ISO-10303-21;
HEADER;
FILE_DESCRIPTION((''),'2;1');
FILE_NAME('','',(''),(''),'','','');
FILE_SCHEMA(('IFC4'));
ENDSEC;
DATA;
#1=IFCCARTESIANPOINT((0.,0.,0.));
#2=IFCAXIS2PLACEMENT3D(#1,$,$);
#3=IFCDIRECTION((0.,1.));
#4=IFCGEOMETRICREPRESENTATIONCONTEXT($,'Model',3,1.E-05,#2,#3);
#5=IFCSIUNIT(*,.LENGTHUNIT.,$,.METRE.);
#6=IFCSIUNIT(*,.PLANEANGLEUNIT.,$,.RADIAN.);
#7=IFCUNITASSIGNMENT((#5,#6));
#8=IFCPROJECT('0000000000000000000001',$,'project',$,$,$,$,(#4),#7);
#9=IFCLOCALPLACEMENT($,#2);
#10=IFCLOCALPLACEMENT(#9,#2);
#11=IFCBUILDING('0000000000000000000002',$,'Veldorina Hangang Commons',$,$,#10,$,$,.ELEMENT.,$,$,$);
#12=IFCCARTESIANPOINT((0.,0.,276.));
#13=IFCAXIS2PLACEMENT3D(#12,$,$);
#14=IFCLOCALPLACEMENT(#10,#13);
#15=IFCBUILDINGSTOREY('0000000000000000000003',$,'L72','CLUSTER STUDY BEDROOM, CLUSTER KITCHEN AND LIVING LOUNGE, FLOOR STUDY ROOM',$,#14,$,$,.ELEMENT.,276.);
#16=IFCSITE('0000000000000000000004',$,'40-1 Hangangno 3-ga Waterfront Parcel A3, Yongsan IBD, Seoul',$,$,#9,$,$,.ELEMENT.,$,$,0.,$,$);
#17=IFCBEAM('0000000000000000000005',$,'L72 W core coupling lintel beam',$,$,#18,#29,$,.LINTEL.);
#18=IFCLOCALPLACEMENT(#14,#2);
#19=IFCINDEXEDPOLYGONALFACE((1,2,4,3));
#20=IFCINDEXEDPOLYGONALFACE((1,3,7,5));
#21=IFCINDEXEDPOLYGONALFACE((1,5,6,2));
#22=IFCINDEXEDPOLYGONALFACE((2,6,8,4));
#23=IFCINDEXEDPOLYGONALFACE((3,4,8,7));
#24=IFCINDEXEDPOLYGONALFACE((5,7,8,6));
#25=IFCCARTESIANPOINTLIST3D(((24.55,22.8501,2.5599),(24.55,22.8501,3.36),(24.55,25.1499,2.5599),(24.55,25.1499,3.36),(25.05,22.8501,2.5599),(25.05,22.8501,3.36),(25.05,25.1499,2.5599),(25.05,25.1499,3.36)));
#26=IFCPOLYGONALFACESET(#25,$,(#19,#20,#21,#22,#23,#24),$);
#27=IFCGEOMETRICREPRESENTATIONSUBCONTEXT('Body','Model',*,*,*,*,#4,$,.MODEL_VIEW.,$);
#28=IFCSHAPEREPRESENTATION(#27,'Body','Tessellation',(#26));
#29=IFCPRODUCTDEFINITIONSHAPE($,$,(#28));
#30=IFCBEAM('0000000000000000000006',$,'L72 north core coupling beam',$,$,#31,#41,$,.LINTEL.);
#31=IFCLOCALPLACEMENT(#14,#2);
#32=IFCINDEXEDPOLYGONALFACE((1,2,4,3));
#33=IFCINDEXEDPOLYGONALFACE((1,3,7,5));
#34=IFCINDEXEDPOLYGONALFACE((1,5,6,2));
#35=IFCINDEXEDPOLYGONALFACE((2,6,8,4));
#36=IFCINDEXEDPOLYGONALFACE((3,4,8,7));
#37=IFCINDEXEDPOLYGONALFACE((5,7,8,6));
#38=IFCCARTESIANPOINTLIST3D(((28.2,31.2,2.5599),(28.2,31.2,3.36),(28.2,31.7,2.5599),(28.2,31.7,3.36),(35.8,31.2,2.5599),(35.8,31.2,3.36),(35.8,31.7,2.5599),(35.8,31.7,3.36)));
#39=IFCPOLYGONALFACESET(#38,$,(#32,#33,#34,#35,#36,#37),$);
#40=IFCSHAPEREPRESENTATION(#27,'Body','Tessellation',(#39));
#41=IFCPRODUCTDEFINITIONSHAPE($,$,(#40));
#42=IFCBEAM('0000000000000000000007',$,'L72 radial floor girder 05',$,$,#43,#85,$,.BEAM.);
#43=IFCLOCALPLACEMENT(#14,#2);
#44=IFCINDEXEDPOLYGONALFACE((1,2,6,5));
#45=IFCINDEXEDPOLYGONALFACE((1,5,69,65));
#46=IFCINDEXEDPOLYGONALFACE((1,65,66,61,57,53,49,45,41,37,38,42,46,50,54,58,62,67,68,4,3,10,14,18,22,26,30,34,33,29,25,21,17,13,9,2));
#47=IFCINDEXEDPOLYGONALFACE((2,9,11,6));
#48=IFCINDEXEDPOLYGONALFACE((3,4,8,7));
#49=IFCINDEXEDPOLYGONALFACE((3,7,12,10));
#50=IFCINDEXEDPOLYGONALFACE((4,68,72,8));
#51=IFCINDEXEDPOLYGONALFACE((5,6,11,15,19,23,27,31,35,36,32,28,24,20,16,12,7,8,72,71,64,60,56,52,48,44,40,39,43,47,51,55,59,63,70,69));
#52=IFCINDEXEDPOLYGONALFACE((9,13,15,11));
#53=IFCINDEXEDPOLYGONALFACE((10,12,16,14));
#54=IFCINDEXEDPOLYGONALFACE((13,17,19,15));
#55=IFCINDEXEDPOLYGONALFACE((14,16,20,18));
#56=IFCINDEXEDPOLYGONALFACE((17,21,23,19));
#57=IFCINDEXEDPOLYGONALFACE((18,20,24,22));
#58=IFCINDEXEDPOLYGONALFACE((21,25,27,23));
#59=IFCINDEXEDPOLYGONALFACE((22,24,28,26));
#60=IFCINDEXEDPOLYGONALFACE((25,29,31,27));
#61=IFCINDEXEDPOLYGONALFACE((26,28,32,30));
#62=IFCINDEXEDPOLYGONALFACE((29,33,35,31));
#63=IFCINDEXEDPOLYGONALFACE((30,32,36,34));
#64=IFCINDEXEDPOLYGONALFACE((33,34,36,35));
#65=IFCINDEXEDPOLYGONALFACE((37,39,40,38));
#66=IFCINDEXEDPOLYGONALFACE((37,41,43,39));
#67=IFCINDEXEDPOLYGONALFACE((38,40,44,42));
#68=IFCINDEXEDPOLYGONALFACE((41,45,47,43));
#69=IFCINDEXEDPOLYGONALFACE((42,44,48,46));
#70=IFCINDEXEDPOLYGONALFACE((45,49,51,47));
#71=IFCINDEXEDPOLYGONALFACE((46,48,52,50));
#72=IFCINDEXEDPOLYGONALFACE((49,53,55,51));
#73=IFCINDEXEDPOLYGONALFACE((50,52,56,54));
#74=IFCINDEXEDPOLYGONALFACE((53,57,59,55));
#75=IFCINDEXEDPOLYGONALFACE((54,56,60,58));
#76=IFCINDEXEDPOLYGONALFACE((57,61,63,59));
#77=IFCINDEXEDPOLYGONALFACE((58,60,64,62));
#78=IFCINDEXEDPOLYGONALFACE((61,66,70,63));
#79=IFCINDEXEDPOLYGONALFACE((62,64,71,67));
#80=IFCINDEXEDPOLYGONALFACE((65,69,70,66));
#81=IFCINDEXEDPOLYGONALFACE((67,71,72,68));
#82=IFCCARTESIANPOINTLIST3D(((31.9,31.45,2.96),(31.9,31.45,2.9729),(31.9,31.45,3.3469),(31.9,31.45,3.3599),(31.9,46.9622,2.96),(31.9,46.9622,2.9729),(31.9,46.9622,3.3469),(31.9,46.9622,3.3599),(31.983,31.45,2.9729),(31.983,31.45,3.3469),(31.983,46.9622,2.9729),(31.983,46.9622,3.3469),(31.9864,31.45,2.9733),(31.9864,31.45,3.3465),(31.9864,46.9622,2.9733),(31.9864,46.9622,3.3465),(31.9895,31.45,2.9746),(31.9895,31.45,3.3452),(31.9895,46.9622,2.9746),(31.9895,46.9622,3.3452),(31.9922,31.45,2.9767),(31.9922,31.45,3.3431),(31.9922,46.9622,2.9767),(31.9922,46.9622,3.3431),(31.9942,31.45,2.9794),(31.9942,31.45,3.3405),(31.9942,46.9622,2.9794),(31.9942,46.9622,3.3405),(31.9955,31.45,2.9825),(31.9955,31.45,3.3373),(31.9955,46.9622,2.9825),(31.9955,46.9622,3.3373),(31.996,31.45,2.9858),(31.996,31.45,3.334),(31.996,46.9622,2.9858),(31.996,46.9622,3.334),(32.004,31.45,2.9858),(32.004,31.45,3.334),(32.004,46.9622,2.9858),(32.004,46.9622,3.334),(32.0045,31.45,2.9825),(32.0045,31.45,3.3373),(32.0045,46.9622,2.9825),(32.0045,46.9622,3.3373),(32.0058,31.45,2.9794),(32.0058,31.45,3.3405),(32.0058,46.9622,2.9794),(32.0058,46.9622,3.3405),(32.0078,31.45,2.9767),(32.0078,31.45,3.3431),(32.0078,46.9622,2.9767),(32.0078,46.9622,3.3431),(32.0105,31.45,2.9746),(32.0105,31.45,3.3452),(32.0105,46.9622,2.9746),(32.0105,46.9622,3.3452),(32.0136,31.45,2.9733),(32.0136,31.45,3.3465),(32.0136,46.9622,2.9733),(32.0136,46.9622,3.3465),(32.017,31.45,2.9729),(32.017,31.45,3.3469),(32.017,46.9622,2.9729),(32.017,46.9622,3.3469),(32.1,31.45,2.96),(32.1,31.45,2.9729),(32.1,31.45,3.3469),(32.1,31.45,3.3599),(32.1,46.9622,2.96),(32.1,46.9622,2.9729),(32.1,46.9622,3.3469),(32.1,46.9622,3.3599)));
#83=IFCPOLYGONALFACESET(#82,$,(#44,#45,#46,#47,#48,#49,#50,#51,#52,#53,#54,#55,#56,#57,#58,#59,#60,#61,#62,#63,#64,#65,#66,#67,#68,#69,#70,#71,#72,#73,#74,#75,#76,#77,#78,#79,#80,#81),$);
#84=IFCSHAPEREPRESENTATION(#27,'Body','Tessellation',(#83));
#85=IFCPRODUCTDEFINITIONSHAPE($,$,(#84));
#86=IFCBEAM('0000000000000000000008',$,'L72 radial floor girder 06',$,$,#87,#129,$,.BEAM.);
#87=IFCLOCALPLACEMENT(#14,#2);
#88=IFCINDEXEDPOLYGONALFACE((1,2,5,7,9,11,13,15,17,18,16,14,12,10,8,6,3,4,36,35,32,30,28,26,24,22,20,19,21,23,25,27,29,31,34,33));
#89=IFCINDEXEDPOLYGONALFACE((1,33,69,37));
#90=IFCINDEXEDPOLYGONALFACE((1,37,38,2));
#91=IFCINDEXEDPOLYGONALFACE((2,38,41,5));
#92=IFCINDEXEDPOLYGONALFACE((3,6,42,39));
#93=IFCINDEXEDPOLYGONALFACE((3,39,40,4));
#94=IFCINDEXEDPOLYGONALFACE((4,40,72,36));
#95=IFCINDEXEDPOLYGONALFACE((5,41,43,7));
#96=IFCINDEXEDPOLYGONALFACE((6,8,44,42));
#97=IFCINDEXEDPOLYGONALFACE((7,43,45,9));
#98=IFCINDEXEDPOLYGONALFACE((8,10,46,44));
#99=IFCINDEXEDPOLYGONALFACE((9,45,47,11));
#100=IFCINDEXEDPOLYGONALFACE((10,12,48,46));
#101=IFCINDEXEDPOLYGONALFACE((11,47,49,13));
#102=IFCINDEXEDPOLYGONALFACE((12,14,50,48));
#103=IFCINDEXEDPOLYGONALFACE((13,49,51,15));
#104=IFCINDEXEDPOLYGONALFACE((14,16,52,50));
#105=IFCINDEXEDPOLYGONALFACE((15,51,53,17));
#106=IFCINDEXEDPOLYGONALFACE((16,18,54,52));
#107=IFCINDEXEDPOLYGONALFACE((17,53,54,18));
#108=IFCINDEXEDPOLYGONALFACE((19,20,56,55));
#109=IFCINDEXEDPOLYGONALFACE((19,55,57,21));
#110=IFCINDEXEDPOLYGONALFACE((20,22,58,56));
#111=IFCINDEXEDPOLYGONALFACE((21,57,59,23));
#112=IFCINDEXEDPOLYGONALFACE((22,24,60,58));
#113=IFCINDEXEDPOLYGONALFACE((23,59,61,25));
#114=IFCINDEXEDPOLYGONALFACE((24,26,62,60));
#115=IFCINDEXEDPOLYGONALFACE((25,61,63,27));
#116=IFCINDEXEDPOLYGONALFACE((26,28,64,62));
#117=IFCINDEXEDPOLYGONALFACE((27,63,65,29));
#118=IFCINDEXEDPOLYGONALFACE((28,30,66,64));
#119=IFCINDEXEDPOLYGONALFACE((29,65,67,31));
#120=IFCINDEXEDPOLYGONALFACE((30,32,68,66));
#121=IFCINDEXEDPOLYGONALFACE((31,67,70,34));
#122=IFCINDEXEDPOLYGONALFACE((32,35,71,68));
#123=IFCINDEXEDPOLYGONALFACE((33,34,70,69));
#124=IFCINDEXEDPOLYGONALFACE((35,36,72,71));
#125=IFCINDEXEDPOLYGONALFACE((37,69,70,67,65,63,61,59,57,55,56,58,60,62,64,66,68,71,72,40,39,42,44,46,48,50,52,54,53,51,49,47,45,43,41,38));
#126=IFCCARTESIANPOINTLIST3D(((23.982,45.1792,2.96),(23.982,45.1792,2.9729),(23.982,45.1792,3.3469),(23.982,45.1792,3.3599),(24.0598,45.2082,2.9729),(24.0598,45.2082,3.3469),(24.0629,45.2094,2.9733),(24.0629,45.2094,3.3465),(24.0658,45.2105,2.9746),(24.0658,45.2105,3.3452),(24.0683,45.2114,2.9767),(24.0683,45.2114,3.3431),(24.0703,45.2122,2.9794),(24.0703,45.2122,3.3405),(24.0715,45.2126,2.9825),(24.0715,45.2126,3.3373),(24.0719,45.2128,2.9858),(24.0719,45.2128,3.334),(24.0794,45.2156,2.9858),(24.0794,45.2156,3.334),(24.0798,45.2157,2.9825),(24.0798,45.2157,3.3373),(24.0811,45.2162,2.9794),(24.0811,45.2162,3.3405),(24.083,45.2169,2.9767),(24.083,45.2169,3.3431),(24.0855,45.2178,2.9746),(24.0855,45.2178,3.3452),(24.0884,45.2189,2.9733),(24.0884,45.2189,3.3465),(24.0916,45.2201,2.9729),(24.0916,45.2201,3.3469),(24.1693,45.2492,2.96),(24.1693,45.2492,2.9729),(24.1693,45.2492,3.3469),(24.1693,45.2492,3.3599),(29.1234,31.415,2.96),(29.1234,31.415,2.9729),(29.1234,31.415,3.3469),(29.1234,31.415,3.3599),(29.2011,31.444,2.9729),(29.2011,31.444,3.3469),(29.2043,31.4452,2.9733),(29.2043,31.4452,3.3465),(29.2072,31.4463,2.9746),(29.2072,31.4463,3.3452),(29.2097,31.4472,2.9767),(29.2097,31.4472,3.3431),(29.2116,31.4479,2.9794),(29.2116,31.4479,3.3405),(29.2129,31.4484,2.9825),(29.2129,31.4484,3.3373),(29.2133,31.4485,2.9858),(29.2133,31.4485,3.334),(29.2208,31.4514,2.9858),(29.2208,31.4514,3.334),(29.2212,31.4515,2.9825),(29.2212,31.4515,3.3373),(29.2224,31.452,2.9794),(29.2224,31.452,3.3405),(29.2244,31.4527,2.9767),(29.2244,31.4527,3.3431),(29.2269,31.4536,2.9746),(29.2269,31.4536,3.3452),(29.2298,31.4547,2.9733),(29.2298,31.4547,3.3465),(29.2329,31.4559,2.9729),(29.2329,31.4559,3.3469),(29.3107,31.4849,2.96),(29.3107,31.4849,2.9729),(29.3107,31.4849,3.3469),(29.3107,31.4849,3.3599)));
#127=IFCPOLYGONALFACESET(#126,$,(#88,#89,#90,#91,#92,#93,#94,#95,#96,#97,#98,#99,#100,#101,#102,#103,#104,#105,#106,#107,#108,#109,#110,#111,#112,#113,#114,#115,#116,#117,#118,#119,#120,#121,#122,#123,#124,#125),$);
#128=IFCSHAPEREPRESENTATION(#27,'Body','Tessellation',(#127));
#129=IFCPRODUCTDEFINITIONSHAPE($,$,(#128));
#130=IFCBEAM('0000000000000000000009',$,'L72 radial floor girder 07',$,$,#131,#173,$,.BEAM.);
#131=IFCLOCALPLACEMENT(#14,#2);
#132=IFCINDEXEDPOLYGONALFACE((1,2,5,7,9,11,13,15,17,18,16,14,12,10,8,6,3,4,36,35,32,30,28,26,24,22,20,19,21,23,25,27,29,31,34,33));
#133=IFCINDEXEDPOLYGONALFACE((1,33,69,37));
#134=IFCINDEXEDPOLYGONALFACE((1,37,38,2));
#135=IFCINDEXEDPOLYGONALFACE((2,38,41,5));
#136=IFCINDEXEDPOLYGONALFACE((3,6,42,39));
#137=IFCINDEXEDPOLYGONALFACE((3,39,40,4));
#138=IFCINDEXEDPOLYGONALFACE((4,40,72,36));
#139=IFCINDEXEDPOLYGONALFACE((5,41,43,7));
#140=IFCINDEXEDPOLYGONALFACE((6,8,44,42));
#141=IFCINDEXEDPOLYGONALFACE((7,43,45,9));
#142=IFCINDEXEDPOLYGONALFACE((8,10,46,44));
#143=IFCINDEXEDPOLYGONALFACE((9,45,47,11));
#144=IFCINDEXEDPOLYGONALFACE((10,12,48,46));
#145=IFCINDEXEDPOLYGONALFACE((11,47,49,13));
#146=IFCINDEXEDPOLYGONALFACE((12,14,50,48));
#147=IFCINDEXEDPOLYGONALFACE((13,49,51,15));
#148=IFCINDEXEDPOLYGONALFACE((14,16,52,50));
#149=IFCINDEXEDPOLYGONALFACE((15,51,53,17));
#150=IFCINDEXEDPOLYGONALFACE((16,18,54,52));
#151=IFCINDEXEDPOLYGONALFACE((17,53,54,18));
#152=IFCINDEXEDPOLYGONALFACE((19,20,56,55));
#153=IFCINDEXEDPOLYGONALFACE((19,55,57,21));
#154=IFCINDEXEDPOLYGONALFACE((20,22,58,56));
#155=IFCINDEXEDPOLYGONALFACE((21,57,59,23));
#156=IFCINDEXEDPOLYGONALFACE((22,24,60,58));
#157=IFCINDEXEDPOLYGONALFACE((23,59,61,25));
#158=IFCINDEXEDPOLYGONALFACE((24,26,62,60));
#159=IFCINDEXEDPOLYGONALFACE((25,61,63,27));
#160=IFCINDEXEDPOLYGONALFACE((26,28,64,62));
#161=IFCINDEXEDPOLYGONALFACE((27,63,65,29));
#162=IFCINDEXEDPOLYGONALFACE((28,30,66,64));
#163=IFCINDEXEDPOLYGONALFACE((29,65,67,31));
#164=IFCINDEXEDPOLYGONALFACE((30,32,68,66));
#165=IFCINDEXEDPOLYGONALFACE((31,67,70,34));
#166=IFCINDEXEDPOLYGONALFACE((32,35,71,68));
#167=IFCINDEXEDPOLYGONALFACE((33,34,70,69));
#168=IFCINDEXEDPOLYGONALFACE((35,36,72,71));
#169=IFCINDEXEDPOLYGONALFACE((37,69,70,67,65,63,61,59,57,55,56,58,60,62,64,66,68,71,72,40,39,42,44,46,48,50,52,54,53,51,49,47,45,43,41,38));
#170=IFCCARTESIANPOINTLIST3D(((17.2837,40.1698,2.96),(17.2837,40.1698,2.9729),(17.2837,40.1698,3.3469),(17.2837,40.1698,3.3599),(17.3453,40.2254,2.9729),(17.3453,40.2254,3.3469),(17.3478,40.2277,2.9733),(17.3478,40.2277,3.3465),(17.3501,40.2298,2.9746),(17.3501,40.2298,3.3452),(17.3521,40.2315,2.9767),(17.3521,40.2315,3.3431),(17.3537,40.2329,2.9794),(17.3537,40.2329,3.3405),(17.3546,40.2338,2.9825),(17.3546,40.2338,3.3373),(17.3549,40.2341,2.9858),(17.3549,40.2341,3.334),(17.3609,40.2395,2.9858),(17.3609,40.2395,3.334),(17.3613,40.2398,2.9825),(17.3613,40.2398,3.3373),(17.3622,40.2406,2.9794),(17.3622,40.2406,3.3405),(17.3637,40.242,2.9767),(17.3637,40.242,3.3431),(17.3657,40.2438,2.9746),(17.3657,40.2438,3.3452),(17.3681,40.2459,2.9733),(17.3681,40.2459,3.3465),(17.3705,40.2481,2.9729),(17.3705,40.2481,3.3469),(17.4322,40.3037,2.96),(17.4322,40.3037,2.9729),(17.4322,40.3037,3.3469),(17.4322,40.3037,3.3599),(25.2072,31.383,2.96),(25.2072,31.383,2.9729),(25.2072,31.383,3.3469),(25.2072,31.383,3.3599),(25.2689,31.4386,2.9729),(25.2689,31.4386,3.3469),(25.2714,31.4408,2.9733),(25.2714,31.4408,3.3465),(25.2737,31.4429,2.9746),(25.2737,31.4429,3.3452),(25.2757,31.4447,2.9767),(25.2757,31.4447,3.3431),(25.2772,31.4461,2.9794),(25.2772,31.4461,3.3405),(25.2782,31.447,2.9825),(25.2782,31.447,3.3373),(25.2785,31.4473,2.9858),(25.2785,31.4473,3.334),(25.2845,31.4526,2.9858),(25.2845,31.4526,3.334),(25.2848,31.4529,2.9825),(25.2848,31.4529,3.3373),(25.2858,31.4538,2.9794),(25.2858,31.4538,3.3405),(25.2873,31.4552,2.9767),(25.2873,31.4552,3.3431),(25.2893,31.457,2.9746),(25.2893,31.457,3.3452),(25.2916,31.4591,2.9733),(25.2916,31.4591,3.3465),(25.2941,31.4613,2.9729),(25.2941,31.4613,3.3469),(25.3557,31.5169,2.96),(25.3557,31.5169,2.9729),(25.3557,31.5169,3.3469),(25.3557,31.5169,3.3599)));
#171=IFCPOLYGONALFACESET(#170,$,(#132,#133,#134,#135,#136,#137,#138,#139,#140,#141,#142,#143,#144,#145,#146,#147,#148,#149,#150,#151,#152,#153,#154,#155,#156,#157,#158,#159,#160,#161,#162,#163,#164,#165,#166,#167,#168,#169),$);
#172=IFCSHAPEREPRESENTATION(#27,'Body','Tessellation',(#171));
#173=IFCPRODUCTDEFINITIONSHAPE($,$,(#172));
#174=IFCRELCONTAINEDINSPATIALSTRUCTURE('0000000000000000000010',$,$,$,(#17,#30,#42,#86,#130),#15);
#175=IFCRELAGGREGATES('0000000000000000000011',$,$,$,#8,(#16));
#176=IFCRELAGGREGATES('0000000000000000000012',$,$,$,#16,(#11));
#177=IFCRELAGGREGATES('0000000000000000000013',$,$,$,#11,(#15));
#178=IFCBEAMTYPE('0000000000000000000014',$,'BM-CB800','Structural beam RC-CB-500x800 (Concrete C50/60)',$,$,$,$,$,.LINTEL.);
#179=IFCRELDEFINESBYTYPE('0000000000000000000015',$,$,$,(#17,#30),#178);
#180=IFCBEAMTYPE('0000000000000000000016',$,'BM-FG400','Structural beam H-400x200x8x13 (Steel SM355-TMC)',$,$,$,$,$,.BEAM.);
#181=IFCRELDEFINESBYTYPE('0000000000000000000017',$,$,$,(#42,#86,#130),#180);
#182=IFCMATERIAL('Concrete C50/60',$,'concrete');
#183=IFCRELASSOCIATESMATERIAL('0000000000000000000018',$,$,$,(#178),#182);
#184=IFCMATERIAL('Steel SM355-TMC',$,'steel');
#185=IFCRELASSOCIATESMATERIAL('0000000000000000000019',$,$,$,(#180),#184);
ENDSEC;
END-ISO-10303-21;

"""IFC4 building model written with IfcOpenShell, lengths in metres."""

from ifc_helpers import new_model, si_unit, direction, frame, origin, origin_2d, place, context, subcontext, project, spatial, rectangle, i_section, extrude, material, material_profile, profile_set, type_object, element, save


model = new_model("IFC4")

# Units and contexts
model_context = context("Model", 3, precision=1e-05, world=origin(), true_north=direction((0.0, 1.0)))
body_context = subcontext(model_context, "Body", "Model", "MODEL_VIEW")
ifc_project = project(units=[si_unit("LENGTHUNIT", "METRE"), si_unit("PLANEANGLEUNIT", "RADIAN")], contexts=[model_context])

# Site, building, storey
site_placement = place(None, origin())
site = spatial("IfcSite", under=ifc_project, at=site_placement, Name="40-1 Hangangno 3-ga Waterfront Parcel A3, Yongsan IBD, Seoul", CompositionType="ELEMENT", RefElevation=0.0)
building_placement = place(site_placement, origin())
building = spatial("IfcBuilding", under=site, at=building_placement, Name="Veldorina Hangang Commons", CompositionType="ELEMENT")
storey_placement = place(building_placement, frame((0.0, 0.0, 276.0)))
storey = spatial("IfcBuildingStorey", under=building, at=storey_placement, Name="L72", Description="CLUSTER STUDY BEDROOM, CLUSTER KITCHEN AND LIVING LOUNGE, FLOOR STUDY ROOM", CompositionType="ELEMENT", Elevation=276.0)

# Beams
ifc_material_1 = material(Name="Concrete C50/60", Category="concrete")
ifc_material_profile_1 = material_profile(ifc_material_1, rectangle(XDim=0.5, YDim=0.8, at=origin_2d()), Name="RC-CB-500x800")
ifc_profile_set_1 = profile_set([ifc_material_profile_1], Name="Concrete C50/60")
beam_type_1 = type_object("IfcBeamType", Name="BM-CB800", Description="Structural beam RC-CB-500x800 (Concrete C50/60)", PredefinedType="LINTEL", material=ifc_profile_set_1)
beam_1_placement = place(storey_placement, frame((24.8, 22.8501, 2.96), z_axis=(0.0, 1.0, 0.0), x_axis=(-1.0, 0.0, 0.0)))
element("IfcBeam", 1, at=beam_1_placement, inside=storey, type_object=beam_type_1, Name="L72 W core coupling lintel beam", PredefinedType="LINTEL", context=body_context, shape_type="SweptSolid", body=[
    extrude(rectangle(XDim=0.5, YDim=0.8, at=origin_2d()), origin(), (0.0, 0.0, 1.0), 2.2998),
])
beam_2_placement = place(storey_placement, frame((28.2, 31.45, 2.96), z_axis=(1.0, 0.0, 0.0), x_axis=(0.0, 1.0, 0.0)))
element("IfcBeam", 2, at=beam_2_placement, inside=storey, type_object=beam_type_1, Name="L72 north core coupling beam", PredefinedType="LINTEL", context=body_context, shape_type="SweptSolid", body=[
    extrude(rectangle(XDim=0.5, YDim=0.8, at=origin_2d()), origin(), (0.0, 0.0, 1.0), 7.6001),
])
ifc_material_2 = material(Name="Steel SM355-TMC", Category="steel")
ifc_material_profile_2 = material_profile(ifc_material_2, i_section(OverallWidth=0.2, OverallDepth=0.3999, WebThickness=0.0081, FlangeThickness=0.0129, FilletRadius=0.0129, at=origin_2d()), Name="H-400x200x8x13")
ifc_profile_set_2 = profile_set([ifc_material_profile_2], Name="Steel SM355-TMC")
beam_type_2 = type_object("IfcBeamType", Name="BM-FG400", Description="Structural beam H-400x200x8x13 (Steel SM355-TMC)", PredefinedType="BEAM", material=ifc_profile_set_2)
beam_3_placement = place(storey_placement, frame((32.0, 31.45, 3.1599), z_axis=(0.0, 1.0, 0.0), x_axis=(-1.0, 0.0, 0.0)))
element("IfcBeam", 3, at=beam_3_placement, inside=storey, type_object=beam_type_2, Name="L72 radial floor girder 05", PredefinedType="BEAM", context=body_context, shape_type="SweptSolid", body=[
    extrude(i_section(OverallWidth=0.2, OverallDepth=0.3999, WebThickness=0.0081, FlangeThickness=0.0129, FilletRadius=0.0129, at=origin_2d()), origin(), (0.0, 0.0, 1.0), 15.5122),
])
beam_4_placement = place(storey_placement, frame((29.217, 31.45, 3.1599), z_axis=(-0.349918, 0.93678, 0.0), x_axis=(-0.93678, -0.349918, 0.0)))
element("IfcBeam", 4, at=beam_4_placement, inside=storey, type_object=beam_type_2, Name="L72 radial floor girder 06", PredefinedType="BEAM", context=body_context, shape_type="SweptSolid", body=[
    extrude(i_section(OverallWidth=0.2, OverallDepth=0.3999, WebThickness=0.0081, FlangeThickness=0.0129, FilletRadius=0.0129, at=origin_2d()), origin(), (0.0, 0.0, 1.0), 14.6931),
])
beam_5_placement = place(storey_placement, frame((25.2815, 31.45, 3.1599), z_axis=(-0.669684, 0.742646, 0.0), x_axis=(-0.742646, -0.669684, 0.0)))
element("IfcBeam", 5, at=beam_5_placement, inside=storey, type_object=beam_type_2, Name="L72 radial floor girder 07", PredefinedType="BEAM", context=body_context, shape_type="SweptSolid", body=[
    extrude(i_section(OverallWidth=0.2, OverallDepth=0.3999, WebThickness=0.0081, FlangeThickness=0.0129, FilletRadius=0.0129, at=origin_2d()), origin(), (0.0, 0.0, 1.0), 11.8318),
])

save(model, "model.ifc")
